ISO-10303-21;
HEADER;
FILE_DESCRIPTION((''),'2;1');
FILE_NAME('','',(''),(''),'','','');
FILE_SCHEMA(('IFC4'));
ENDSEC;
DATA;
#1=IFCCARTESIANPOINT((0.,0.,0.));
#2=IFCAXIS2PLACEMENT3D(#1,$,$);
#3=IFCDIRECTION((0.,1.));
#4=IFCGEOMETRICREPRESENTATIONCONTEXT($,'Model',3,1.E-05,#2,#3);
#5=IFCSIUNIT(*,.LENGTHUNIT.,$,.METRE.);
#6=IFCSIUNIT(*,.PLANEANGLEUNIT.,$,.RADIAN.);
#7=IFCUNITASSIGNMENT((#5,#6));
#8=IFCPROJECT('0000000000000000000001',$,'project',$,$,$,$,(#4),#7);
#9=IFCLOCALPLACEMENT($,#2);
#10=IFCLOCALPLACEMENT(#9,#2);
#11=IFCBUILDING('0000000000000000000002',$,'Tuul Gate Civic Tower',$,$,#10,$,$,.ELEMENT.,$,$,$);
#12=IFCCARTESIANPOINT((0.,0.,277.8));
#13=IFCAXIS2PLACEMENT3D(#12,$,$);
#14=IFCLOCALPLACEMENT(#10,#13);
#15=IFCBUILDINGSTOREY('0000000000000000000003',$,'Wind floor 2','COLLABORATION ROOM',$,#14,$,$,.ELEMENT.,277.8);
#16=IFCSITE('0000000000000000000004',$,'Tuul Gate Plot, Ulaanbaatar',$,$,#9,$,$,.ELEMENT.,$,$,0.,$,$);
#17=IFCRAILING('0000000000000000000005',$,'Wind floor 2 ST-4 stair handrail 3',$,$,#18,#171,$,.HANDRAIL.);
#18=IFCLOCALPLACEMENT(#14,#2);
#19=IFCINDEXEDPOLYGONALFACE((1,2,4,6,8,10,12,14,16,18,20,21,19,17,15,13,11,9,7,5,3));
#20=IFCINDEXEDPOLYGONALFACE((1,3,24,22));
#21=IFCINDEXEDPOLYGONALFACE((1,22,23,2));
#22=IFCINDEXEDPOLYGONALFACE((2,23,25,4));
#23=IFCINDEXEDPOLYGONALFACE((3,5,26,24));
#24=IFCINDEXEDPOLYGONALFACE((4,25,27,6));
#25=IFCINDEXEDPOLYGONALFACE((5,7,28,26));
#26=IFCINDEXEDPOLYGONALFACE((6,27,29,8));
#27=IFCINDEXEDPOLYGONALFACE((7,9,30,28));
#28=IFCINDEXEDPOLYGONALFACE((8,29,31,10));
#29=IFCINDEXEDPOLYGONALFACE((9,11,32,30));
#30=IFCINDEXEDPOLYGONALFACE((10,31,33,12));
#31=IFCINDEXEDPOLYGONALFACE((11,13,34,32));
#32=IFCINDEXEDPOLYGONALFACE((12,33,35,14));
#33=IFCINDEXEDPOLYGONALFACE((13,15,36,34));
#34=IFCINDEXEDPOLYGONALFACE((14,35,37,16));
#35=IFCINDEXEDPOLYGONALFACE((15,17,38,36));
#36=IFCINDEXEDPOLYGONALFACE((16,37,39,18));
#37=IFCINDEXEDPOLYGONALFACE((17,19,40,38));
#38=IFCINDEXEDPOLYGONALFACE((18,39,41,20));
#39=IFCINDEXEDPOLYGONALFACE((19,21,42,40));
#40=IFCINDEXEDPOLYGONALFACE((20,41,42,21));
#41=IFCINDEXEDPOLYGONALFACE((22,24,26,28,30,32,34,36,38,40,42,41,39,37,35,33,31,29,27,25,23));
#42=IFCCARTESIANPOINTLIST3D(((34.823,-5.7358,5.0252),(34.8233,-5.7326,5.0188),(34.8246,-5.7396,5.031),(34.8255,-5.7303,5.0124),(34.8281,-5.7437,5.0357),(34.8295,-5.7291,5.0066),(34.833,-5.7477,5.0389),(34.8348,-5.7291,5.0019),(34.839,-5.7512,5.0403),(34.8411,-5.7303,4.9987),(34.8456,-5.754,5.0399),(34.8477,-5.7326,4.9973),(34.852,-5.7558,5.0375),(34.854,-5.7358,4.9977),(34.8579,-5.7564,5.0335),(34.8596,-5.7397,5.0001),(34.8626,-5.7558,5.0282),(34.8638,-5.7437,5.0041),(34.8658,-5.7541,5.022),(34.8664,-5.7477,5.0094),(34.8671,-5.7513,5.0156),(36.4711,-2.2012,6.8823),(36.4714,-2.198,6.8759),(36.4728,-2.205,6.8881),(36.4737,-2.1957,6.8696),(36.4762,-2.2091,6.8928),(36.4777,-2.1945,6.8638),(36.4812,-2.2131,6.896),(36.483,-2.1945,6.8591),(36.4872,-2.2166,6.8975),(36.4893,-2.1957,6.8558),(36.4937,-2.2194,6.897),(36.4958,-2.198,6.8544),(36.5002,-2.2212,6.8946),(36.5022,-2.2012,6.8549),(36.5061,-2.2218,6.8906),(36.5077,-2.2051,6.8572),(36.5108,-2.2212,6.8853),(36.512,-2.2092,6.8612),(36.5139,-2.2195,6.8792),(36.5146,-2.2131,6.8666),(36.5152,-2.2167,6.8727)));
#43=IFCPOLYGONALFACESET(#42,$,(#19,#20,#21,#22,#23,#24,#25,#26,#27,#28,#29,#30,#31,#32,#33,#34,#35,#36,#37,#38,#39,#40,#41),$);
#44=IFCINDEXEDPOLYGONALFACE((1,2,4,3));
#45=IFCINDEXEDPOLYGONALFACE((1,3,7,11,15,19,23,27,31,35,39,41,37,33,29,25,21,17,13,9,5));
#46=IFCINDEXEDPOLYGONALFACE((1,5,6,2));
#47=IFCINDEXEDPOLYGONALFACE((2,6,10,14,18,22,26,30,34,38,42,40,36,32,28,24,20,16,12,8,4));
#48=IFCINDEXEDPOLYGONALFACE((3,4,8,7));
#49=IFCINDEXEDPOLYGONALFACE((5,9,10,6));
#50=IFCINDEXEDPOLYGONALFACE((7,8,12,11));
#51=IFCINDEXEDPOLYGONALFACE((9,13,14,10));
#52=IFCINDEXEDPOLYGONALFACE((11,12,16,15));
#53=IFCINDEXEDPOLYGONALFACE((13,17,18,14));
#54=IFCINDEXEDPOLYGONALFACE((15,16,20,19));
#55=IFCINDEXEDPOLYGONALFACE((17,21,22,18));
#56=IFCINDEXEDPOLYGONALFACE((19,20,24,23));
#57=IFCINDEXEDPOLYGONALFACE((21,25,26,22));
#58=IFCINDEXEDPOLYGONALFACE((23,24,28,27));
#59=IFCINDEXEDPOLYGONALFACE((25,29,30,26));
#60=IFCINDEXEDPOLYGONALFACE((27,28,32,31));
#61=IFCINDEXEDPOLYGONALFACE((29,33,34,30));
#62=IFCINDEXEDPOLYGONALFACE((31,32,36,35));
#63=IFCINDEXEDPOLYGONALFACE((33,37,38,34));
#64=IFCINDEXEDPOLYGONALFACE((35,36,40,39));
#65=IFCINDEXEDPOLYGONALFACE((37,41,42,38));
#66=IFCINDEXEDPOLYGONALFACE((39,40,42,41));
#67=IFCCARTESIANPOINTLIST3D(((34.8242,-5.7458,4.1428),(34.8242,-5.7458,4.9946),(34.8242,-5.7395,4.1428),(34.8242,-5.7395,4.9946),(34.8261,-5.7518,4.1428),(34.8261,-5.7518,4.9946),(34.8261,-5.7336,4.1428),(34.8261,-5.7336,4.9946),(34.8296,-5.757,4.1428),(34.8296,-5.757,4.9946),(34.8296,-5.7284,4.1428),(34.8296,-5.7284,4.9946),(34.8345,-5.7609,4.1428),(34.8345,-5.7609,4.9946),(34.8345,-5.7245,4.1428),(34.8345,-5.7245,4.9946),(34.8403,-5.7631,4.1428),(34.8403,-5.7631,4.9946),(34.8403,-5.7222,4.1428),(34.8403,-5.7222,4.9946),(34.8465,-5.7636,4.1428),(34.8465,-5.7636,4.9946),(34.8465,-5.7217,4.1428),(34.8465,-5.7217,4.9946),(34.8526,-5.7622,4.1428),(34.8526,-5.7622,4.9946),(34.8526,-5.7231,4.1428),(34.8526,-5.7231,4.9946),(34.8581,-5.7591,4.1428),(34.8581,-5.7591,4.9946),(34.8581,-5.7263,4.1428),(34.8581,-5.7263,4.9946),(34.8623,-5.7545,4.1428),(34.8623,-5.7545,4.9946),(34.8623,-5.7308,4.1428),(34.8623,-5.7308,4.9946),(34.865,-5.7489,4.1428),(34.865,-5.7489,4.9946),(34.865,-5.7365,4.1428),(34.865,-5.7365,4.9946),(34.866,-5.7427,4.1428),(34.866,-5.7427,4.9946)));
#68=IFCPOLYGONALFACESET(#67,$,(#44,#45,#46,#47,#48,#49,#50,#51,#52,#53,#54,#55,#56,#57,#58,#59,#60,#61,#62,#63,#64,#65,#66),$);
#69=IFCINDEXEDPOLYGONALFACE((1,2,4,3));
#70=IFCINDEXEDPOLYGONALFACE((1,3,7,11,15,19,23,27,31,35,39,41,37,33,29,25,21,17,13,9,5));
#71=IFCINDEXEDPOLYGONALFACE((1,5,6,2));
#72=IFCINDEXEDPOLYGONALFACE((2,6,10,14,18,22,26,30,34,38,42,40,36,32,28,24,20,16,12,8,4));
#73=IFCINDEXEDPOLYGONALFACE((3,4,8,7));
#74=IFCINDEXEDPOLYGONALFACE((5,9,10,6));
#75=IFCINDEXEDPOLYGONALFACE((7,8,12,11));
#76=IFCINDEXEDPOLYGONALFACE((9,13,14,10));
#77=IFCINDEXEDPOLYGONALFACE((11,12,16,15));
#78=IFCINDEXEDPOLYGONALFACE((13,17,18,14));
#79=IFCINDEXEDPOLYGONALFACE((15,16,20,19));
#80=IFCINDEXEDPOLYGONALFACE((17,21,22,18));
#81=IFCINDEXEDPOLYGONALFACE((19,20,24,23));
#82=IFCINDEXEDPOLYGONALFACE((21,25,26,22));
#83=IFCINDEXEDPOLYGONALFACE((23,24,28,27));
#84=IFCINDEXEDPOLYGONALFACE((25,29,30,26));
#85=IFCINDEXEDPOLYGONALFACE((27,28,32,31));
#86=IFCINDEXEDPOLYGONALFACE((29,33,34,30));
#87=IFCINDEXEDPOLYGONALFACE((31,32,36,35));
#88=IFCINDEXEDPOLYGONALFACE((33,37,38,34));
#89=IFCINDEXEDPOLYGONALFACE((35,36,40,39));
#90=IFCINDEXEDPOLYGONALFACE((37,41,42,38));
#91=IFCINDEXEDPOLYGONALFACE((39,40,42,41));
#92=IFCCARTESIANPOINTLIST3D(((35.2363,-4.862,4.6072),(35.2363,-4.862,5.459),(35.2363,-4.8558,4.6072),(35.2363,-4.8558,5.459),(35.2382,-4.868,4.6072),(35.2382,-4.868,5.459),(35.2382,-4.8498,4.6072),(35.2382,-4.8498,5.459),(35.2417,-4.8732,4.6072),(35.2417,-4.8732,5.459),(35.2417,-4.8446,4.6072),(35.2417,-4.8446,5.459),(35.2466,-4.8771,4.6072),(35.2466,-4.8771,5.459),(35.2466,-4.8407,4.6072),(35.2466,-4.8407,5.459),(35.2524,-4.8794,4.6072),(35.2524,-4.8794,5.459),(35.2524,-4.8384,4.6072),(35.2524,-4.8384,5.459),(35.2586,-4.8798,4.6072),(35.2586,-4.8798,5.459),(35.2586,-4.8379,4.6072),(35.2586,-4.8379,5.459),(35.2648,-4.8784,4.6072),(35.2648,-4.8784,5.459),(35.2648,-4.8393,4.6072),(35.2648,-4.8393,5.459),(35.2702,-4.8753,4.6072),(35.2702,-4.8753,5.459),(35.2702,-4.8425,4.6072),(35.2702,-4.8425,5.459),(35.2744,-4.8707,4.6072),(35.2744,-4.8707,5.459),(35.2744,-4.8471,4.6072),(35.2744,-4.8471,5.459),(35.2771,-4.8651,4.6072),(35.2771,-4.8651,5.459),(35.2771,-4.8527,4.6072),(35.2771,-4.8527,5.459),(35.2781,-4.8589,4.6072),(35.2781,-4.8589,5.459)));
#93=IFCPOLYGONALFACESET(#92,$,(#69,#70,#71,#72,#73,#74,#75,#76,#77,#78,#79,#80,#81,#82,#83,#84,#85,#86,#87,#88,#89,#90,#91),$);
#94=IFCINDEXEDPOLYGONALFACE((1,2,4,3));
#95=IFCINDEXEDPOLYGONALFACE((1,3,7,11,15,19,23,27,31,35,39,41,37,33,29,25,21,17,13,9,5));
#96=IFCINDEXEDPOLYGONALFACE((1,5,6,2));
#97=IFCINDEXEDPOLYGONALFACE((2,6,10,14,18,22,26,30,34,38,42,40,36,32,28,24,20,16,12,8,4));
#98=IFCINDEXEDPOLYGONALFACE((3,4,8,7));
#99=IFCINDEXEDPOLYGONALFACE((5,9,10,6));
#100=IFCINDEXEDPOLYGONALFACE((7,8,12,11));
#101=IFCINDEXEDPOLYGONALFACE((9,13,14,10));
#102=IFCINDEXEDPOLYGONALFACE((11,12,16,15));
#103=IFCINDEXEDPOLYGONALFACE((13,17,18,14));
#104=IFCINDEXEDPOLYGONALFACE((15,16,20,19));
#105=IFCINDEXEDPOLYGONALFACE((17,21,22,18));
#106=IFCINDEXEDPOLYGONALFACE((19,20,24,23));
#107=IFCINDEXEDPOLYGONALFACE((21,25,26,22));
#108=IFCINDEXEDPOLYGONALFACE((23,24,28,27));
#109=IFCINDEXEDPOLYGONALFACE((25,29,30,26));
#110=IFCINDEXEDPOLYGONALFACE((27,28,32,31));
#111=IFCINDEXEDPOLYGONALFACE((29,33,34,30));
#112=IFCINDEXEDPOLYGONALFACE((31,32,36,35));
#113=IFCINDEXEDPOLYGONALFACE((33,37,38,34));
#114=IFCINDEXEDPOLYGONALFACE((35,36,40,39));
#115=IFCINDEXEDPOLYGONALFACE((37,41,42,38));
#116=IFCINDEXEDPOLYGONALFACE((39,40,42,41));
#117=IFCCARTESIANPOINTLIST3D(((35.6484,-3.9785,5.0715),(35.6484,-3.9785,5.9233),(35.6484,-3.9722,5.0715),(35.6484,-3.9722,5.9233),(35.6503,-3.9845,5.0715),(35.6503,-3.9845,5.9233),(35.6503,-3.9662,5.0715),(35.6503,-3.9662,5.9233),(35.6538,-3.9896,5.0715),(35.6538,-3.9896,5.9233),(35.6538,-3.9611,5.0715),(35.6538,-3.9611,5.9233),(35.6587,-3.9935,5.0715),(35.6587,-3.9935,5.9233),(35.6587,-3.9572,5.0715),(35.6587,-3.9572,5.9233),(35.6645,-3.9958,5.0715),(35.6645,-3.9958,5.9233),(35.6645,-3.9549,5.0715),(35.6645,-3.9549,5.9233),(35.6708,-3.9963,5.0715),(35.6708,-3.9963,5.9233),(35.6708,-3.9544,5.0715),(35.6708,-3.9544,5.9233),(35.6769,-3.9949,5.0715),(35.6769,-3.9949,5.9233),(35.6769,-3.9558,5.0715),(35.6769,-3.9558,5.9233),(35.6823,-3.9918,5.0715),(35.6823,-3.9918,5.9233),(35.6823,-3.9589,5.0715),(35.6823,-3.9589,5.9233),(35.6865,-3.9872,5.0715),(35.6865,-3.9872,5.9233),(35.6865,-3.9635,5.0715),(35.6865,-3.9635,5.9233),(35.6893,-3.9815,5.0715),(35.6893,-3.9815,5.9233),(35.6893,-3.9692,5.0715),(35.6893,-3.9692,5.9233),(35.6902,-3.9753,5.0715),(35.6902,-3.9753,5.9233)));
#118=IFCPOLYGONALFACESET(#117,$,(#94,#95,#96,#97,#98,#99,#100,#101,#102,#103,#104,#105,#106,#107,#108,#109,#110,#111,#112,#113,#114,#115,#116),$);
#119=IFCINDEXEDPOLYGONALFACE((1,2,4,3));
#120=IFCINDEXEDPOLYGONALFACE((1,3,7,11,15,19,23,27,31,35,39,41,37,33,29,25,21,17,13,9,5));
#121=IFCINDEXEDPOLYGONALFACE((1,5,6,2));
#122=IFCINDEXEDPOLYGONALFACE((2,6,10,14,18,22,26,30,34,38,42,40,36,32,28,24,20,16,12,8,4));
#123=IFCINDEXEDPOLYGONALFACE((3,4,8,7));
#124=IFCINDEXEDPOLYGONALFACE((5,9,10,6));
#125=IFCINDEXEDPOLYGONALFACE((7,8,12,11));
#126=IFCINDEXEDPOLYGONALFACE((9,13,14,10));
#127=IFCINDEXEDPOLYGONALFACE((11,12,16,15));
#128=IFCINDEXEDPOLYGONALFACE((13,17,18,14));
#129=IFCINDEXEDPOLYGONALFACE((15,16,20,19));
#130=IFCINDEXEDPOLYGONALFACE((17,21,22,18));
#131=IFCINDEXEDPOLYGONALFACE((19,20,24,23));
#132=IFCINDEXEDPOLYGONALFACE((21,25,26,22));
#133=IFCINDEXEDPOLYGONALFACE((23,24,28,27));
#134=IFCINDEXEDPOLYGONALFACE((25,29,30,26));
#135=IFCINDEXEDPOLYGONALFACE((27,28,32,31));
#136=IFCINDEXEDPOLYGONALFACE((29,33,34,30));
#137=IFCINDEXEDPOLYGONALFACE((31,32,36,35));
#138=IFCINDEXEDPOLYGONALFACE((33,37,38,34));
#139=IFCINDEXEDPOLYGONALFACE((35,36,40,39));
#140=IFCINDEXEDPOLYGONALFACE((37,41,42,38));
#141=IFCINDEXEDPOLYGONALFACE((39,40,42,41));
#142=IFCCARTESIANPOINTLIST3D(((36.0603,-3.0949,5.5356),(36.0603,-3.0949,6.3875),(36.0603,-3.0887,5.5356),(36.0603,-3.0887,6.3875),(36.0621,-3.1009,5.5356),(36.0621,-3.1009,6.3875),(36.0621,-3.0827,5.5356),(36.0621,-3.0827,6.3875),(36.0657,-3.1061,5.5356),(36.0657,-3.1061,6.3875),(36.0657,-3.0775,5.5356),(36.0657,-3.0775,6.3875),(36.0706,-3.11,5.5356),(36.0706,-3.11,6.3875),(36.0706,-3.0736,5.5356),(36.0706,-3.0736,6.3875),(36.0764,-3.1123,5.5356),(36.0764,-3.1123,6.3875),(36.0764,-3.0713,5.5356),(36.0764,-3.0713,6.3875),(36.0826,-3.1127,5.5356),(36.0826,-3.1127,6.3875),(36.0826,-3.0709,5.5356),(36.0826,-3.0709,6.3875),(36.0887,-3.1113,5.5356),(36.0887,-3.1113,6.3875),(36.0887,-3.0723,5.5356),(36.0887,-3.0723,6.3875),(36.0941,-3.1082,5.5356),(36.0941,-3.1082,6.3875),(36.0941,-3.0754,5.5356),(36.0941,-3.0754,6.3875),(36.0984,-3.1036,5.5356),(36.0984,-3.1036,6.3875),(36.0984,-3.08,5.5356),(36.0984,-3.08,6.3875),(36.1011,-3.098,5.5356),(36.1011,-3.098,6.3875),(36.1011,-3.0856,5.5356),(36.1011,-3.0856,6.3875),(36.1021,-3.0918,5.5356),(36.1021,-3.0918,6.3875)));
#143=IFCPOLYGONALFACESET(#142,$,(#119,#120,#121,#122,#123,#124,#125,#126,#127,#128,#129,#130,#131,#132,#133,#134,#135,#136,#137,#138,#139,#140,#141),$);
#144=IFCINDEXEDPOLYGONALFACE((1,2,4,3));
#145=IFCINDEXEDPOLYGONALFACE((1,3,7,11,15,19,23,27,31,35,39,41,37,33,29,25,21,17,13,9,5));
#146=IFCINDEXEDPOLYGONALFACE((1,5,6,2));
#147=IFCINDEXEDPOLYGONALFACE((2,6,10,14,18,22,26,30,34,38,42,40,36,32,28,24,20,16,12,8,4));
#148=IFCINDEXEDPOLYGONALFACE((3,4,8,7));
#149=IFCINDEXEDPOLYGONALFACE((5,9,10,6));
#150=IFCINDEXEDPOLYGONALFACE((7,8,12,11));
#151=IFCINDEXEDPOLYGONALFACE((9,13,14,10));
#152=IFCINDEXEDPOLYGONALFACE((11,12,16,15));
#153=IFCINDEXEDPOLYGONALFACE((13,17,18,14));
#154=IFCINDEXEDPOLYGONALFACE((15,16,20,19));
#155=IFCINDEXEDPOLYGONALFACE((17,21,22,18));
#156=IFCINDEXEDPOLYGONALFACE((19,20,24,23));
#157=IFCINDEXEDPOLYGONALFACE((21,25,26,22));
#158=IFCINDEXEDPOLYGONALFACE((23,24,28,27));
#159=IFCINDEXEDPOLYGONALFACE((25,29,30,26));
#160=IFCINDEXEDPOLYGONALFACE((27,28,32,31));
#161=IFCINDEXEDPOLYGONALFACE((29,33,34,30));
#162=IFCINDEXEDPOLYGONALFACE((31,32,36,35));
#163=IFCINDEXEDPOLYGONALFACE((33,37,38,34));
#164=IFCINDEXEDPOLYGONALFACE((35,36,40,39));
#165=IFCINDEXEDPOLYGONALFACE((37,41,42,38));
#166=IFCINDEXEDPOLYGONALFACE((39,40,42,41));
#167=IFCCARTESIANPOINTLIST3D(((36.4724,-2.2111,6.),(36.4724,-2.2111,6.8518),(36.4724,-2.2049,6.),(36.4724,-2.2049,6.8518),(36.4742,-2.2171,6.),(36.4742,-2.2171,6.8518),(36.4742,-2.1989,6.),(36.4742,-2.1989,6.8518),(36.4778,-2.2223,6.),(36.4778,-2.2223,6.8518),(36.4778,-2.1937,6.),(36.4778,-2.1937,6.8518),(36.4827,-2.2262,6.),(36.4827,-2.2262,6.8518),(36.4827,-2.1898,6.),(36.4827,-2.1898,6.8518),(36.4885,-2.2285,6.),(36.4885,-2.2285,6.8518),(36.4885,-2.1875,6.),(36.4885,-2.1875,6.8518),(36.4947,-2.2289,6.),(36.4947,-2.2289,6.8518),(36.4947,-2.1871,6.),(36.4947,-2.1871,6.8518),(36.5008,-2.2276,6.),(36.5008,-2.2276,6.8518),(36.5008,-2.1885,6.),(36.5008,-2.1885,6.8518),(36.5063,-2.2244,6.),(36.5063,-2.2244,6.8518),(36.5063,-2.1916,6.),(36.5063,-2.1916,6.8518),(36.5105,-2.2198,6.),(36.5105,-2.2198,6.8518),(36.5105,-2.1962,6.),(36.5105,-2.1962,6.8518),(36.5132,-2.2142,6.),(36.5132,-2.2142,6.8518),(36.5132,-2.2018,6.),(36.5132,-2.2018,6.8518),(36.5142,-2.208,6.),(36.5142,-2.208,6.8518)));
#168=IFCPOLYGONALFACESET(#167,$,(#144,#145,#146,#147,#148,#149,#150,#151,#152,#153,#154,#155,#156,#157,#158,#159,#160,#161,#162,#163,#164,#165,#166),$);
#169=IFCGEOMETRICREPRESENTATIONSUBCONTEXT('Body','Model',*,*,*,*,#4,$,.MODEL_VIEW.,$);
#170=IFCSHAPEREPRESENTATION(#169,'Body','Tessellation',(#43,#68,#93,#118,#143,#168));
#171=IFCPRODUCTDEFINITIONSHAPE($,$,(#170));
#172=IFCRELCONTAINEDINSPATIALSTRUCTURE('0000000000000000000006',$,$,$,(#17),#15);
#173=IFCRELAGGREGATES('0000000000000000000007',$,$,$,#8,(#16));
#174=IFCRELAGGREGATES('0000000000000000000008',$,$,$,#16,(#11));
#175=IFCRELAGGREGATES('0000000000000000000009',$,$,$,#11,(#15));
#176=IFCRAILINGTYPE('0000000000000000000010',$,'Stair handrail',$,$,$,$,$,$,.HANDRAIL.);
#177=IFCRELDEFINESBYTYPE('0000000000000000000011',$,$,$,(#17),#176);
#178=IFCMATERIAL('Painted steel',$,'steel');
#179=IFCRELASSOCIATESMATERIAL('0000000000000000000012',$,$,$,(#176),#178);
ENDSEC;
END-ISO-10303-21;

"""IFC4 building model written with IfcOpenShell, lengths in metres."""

from ifc_helpers import new_model, si_unit, direction, frame, origin, origin_2d, place, context, subcontext, project, spatial, circle, extrude, material, type_object, element, save


model = new_model("IFC4")

# Units and contexts
model_context = context("Model", 3, precision=1e-05, world=origin(), true_north=direction((0.0, 1.0)))
body_context = subcontext(model_context, "Body", "Model", "MODEL_VIEW")
ifc_project = project(units=[si_unit("LENGTHUNIT", "METRE"), si_unit("PLANEANGLEUNIT", "RADIAN")], contexts=[model_context])

# Site, building, storey
site_placement = place(None, origin())
site = spatial("IfcSite", under=ifc_project, at=site_placement, Name="Tuul Gate Plot, Ulaanbaatar", CompositionType="ELEMENT", RefElevation=0.0)
building_placement = place(site_placement, origin())
building = spatial("IfcBuilding", under=site, at=building_placement, Name="Tuul Gate Civic Tower", CompositionType="ELEMENT")
storey_placement = place(building_placement, frame((0.0, 0.0, 277.8)))
storey = spatial("IfcBuildingStorey", under=building, at=storey_placement, Name="Wind floor 2", Description="COLLABORATION ROOM", CompositionType="ELEMENT", Elevation=277.8)

# Railing
ifc_material_1 = material(Name="Painted steel", Category="steel")
railing_type_1 = type_object("IfcRailingType", Name="Stair handrail", PredefinedType="HANDRAIL", material=ifc_material_1)
railing_1_placement = place(storey_placement, frame((34.845, -5.7427, 4.1428)))
element("IfcRailing", 1, at=railing_1_placement, inside=storey, type_object=railing_type_1, Name="Wind floor 2 ST-4 stair handrail 3", PredefinedType="HANDRAIL", context=body_context, shape_type="SweptSolid", body=[
    extrude(circle(Radius=0.0239, at=origin_2d()), frame((0.0, 0.0, 0.876), z_axis=(0.381556, 0.818273, 0.429935), x_axis=(-0.906313, 0.422608, 0.0)), (0.0, 0.0, 1.0), 4.3196),
    extrude(circle(Radius=0.021, at=origin_2d()), origin(), (0.0, 0.0, 1.0), 0.8518),
    extrude(circle(Radius=0.021, at=origin_2d()), frame((0.4121, 0.8838, 0.4644)), (0.0, 0.0, 1.0), 0.8518),
    extrude(circle(Radius=0.021, at=origin_2d()), frame((0.8242, 1.7673, 0.9287)), (0.0, 0.0, 1.0), 0.8518),
    extrude(circle(Radius=0.021, at=origin_2d()), frame((1.2361, 2.6509, 1.3928)), (0.0, 0.0, 1.0), 0.8518),
    extrude(circle(Radius=0.021, at=origin_2d()), frame((1.6482, 3.5347, 1.8572)), (0.0, 0.0, 1.0), 0.8518),
])

save(model, "model.ifc")
